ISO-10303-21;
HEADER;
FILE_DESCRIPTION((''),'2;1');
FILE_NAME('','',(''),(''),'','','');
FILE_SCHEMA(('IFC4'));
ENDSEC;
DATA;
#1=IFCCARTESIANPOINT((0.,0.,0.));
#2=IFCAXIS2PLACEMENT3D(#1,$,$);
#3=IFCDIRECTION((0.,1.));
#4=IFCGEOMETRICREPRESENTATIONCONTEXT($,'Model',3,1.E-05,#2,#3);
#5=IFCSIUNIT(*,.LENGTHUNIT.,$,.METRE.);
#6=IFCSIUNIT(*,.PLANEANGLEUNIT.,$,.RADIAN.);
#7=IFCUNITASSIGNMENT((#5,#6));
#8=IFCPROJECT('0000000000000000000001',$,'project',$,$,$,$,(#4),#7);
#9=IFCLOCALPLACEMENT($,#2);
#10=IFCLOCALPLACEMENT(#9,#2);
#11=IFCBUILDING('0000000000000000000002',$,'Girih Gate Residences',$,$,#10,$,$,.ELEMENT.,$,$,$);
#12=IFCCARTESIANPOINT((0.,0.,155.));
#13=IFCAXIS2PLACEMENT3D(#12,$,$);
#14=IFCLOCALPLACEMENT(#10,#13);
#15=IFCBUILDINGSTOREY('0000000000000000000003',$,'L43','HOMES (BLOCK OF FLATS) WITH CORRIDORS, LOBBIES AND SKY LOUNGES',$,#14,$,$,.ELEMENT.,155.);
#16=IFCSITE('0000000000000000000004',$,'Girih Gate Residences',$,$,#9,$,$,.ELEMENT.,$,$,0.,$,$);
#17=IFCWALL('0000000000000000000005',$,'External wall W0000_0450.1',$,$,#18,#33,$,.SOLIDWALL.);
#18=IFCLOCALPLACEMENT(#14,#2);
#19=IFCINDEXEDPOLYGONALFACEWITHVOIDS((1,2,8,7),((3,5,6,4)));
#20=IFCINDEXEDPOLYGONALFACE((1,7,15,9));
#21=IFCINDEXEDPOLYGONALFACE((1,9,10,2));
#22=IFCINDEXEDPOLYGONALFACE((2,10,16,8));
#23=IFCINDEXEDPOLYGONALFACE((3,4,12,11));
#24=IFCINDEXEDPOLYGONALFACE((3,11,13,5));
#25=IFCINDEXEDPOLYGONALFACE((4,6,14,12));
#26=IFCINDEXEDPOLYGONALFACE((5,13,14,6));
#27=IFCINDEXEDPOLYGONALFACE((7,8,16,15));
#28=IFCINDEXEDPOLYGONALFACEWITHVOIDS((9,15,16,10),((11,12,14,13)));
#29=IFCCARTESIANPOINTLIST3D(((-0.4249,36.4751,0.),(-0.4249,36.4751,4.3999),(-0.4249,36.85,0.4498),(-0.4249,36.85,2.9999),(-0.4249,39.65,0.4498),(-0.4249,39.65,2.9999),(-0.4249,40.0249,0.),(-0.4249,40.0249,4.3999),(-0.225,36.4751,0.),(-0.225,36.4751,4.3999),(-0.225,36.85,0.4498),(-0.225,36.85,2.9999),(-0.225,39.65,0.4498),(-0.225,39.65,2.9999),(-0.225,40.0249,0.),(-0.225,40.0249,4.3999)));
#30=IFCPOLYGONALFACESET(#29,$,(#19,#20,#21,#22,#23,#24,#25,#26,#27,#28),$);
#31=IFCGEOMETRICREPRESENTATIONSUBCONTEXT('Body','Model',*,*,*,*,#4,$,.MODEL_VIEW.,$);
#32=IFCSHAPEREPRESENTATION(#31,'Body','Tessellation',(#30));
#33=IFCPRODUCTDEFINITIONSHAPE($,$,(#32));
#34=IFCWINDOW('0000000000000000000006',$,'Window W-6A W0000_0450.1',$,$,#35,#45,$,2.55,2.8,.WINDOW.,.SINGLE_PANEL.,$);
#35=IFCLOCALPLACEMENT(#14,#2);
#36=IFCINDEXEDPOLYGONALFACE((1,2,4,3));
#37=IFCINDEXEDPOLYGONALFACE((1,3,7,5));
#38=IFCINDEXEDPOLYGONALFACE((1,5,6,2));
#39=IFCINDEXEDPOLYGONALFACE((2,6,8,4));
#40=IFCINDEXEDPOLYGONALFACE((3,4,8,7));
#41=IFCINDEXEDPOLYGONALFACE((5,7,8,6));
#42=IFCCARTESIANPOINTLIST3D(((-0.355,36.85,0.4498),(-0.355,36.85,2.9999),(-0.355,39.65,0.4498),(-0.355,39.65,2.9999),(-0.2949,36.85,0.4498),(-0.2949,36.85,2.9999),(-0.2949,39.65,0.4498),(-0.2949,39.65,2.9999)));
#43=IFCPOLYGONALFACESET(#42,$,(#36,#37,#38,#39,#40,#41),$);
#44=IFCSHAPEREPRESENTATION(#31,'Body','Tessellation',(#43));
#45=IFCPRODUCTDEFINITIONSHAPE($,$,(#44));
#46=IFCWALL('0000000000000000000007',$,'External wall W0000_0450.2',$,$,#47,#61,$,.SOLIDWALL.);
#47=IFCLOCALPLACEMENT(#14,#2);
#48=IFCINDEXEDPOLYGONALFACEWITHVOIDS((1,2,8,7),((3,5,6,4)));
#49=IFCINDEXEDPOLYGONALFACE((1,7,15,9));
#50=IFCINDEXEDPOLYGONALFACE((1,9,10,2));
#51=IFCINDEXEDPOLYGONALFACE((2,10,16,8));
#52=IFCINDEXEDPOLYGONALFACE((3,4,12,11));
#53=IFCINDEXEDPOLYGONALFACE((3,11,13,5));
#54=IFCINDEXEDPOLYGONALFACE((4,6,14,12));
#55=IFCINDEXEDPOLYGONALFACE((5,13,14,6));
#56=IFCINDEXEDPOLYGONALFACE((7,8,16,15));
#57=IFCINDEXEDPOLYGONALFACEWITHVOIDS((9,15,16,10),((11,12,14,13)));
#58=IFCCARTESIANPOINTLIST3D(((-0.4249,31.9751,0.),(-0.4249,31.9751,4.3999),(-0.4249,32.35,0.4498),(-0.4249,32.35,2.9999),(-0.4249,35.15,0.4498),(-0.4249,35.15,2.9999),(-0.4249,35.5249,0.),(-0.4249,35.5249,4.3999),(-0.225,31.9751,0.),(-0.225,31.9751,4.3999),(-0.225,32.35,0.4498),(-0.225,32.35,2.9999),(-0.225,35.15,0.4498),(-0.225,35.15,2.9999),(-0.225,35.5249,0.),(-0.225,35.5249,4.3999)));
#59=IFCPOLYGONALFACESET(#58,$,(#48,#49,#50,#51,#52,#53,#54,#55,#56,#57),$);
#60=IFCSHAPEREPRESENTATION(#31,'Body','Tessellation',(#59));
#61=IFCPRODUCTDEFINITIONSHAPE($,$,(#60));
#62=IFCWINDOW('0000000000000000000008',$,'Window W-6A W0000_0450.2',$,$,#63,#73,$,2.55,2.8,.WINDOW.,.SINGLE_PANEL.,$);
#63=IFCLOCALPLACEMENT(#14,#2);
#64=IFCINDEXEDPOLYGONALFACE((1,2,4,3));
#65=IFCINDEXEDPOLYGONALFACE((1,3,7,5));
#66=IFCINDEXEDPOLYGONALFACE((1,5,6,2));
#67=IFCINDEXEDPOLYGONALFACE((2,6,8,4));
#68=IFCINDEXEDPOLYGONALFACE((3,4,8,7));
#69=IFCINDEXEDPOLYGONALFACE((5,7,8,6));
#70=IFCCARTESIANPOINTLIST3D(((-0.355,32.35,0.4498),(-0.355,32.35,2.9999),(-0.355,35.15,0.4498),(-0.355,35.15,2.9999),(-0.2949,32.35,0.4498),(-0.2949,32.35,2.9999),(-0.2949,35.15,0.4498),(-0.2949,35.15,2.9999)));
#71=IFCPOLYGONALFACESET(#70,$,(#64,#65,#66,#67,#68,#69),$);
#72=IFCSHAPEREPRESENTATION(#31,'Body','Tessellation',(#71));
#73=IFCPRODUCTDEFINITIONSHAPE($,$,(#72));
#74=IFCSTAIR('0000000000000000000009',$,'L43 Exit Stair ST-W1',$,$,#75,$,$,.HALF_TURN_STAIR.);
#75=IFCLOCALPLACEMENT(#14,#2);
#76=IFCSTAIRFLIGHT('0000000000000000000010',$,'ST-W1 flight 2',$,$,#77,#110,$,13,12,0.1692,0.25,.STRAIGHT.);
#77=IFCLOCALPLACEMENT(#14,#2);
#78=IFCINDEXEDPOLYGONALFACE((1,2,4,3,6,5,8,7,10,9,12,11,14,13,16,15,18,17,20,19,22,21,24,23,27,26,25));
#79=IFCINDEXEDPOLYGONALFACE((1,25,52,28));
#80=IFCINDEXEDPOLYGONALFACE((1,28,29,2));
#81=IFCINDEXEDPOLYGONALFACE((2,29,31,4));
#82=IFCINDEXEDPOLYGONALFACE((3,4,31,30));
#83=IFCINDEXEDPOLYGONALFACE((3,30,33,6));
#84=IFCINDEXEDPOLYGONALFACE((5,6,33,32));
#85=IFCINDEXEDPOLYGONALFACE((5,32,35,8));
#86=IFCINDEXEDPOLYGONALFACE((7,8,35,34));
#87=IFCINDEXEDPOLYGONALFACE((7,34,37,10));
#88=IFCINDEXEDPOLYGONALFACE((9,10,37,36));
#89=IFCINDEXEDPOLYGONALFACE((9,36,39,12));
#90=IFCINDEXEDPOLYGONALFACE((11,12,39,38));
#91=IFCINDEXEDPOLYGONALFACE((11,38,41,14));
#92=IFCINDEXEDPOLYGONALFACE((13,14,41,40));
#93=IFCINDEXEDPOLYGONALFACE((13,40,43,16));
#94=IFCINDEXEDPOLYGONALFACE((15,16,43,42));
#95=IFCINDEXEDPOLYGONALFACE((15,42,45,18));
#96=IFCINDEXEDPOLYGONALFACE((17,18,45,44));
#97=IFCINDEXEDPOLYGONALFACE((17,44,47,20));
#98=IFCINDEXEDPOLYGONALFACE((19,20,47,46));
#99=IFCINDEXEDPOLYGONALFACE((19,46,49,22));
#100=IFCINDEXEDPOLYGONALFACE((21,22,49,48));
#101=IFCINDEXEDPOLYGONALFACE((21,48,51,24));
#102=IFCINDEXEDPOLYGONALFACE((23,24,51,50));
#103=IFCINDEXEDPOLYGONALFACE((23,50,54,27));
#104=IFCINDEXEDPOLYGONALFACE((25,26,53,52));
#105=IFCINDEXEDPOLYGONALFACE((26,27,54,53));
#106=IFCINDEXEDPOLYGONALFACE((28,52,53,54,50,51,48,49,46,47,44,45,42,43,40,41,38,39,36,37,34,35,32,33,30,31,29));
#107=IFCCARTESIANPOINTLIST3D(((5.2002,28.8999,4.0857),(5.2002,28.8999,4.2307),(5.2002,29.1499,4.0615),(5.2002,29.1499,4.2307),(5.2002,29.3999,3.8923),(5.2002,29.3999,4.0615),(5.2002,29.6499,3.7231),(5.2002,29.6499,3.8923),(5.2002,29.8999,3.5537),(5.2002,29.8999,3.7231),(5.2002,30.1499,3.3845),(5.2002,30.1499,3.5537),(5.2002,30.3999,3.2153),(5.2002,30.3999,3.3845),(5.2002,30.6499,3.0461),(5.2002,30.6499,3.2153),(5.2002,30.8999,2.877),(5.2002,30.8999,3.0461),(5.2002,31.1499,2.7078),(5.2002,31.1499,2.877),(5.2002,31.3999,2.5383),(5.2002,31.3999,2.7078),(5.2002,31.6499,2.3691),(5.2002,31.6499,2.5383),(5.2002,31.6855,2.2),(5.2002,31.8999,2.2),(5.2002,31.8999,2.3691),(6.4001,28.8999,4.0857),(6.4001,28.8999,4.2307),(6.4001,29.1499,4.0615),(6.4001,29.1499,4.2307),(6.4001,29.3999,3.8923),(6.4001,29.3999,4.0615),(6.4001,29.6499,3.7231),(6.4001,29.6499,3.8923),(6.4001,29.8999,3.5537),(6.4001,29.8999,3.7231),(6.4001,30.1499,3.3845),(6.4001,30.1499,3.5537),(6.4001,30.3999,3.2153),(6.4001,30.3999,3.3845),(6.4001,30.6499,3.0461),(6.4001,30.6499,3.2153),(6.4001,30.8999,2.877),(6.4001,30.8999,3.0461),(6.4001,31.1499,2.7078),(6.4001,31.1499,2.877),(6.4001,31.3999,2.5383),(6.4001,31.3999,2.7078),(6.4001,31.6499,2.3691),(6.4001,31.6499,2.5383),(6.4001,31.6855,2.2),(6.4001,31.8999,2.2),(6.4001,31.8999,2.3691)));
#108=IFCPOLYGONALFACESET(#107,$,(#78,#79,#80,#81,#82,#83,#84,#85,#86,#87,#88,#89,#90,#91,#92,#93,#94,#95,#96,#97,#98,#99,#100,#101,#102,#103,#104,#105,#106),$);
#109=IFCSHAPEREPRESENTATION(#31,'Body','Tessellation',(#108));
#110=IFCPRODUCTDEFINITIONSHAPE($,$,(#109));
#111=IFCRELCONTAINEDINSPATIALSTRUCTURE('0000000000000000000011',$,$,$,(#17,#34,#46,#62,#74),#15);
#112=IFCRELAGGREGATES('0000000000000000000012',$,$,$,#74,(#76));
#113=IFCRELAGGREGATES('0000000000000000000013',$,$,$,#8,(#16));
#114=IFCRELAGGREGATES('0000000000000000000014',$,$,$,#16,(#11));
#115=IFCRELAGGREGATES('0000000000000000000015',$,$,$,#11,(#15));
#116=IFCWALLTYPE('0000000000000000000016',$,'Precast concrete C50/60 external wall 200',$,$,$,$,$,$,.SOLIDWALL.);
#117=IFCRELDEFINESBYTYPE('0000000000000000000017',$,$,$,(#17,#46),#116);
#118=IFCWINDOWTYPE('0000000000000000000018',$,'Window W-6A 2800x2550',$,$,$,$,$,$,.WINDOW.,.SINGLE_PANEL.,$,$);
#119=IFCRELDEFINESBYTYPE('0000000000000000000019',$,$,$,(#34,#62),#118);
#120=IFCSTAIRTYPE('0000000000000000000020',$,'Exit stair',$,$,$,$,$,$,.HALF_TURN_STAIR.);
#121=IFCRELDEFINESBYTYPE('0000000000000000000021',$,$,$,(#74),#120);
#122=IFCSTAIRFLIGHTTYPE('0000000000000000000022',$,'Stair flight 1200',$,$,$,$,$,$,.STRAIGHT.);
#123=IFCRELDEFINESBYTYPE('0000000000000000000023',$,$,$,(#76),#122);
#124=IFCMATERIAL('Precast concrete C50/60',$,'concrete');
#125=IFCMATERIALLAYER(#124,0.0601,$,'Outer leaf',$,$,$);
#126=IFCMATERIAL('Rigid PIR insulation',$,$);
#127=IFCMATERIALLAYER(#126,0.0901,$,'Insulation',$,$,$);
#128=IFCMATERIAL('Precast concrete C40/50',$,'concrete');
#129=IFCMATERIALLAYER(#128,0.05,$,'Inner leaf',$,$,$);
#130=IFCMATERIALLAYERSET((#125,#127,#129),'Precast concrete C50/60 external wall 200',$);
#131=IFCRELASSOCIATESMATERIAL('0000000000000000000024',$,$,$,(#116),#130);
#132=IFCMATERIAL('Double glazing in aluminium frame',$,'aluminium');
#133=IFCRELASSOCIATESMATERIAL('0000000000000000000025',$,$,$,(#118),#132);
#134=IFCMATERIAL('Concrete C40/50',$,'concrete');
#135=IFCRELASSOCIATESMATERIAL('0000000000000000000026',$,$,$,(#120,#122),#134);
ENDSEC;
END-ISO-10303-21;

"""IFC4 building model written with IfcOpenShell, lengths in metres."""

from ifc_helpers import new_model, si_unit, direction, frame, frame_2d, origin, place, context, subcontext, project, spatial, polyline, rectangle, outline, extrude, material, layer, layer_set, type_object, element, fill, aggregate, save


model = new_model("IFC4")

# Units and contexts
model_context = context("Model", 3, precision=1e-05, world=origin(), true_north=direction((0.0, 1.0)))
body_context = subcontext(model_context, "Body", "Model", "MODEL_VIEW")
ifc_project = project(units=[si_unit("LENGTHUNIT", "METRE"), si_unit("PLANEANGLEUNIT", "RADIAN")], contexts=[model_context])

# Site, building, storey
site_placement = place(None, origin())
site = spatial("IfcSite", under=ifc_project, at=site_placement, Name="Girih Gate Residences", CompositionType="ELEMENT", RefElevation=0.0)
building_placement = place(site_placement, origin())
building = spatial("IfcBuilding", under=site, at=building_placement, Name="Girih Gate Residences", CompositionType="ELEMENT")
storey_placement = place(building_placement, frame((0.0, 0.0, 155.0)))
storey = spatial("IfcBuildingStorey", under=building, at=storey_placement, Name="L43", Description="HOMES (BLOCK OF FLATS) WITH CORRIDORS, LOBBIES AND SKY LOUNGES", CompositionType="ELEMENT", Elevation=155.0)

# Shared definitions
ifc_material_1 = material(Name="Concrete C40/50", Category="concrete")

# Walls, openings, windows
ifc_material_2 = material(Name="Precast concrete C50/60", Category="concrete")
ifc_layer_1 = layer(ifc_material_2, 0.0601, Name="Outer leaf")
ifc_material_3 = material(Name="Rigid PIR insulation")
ifc_layer_2 = layer(ifc_material_3, 0.0901, Name="Insulation")
ifc_material_4 = material(Name="Precast concrete C40/50", Category="concrete")
ifc_layer_3 = layer(ifc_material_4, 0.05, Name="Inner leaf")
ifc_layer_set_1 = layer_set([ifc_layer_1, ifc_layer_2, ifc_layer_3], Name="Precast concrete C50/60 external wall 200")
wall_type_1 = type_object("IfcWallType", Name="Precast concrete C50/60 external wall 200", PredefinedType="SOLIDWALL", material=ifc_layer_set_1)
wall_1_placement = place(storey_placement, frame((-0.325, 36.4751, 0.0), z_axis=(0.0, 0.0, 1.0), x_axis=(0.0, 1.0, 0.0)))
wall_1 = element("IfcWall", 1, at=wall_1_placement, inside=storey, type_object=wall_type_1, Name="External wall W0000_0450.1", PredefinedType="SOLIDWALL", context=body_context, shape_type="SweptSolid", body=[
    extrude(rectangle(XDim=3.5498, YDim=0.2, at=frame_2d((1.7749, 0.0))), origin(), (0.0, 0.0, 1.0), 4.3999),
])
opening_1_placement = place(wall_1_placement, frame((0.375, 0.0, 0.45)))
opening_1 = element("IfcOpeningElement", 2, at=opening_1_placement, cuts=wall_1, PredefinedType="OPENING", context=body_context, shape_type="SweptSolid", body=[
    extrude(rectangle(XDim=2.8, YDim=2.55, at=frame_2d((1.3999, 1.2749))), frame((0.0, 0.1099, 0.0), z_axis=(0.0, -1.0, 0.0), x_axis=(1.0, 0.0, 0.0)), (0.0, 0.0, 1.0), 0.22),
])
ifc_material_5 = material(Name="Double glazing in aluminium frame", Category="aluminium")
window_type = type_object("IfcWindowType", Name="Window W-6A 2800x2550", PartitioningType="SINGLE_PANEL", PredefinedType="WINDOW", material=ifc_material_5)
window_1_placement = place(opening_1_placement, origin())
window_1 = element("IfcWindow", 3, at=window_1_placement, inside=storey, type_object=window_type, Name="Window W-6A W0000_0450.1", OverallHeight=2.55, OverallWidth=2.8, PartitioningType="SINGLE_PANEL", PredefinedType="WINDOW", context=body_context, shape_type="SweptSolid", body=[
    extrude(rectangle(XDim=2.8, YDim=2.55, at=frame_2d((1.3999, 1.2749))), frame((0.0, 0.03, 0.0), z_axis=(0.0, -1.0, 0.0), x_axis=(1.0, 0.0, 0.0)), (0.0, 0.0, 1.0), 0.0601),
])
fill(opening_1, window_1)
wall_2_placement = place(storey_placement, frame((-0.325, 31.9751, 0.0), z_axis=(0.0, 0.0, 1.0), x_axis=(0.0, 1.0, 0.0)))
wall_2 = element("IfcWall", 4, at=wall_2_placement, inside=storey, type_object=wall_type_1, Name="External wall W0000_0450.2", PredefinedType="SOLIDWALL", context=body_context, shape_type="SweptSolid", body=[
    extrude(rectangle(XDim=3.5498, YDim=0.2, at=frame_2d((1.7749, 0.0))), origin(), (0.0, 0.0, 1.0), 4.3999),
])
opening_2_placement = place(wall_2_placement, frame((0.375, 0.0, 0.45)))
opening_2 = element("IfcOpeningElement", 5, at=opening_2_placement, cuts=wall_2, PredefinedType="OPENING", context=body_context, shape_type="SweptSolid", body=[
    extrude(rectangle(XDim=2.8, YDim=2.55, at=frame_2d((1.3999, 1.2749))), frame((0.0, 0.1099, 0.0), z_axis=(0.0, -1.0, 0.0), x_axis=(1.0, 0.0, 0.0)), (0.0, 0.0, 1.0), 0.22),
])
window_2_placement = place(opening_2_placement, origin())
window_2 = element("IfcWindow", 6, at=window_2_placement, inside=storey, type_object=window_type, Name="Window W-6A W0000_0450.2", OverallHeight=2.55, OverallWidth=2.8, PartitioningType="SINGLE_PANEL", PredefinedType="WINDOW", context=body_context, shape_type="SweptSolid", body=[
    extrude(rectangle(XDim=2.8, YDim=2.55, at=frame_2d((1.3999, 1.2749))), frame((0.0, 0.03, 0.0), z_axis=(0.0, -1.0, 0.0), x_axis=(1.0, 0.0, 0.0)), (0.0, 0.0, 1.0), 0.0601),
])
fill(opening_2, window_2)

# Stair, stair flight
stair_type = type_object("IfcStairType", Name="Exit stair", PredefinedType="HALF_TURN_STAIR", material=ifc_material_1)
stair_placement = place(storey_placement, origin())
stair = element("IfcStair", 7, at=stair_placement, inside=storey, type_object=stair_type, Name="L43 Exit Stair ST-W1", PredefinedType="HALF_TURN_STAIR")
stair_flight_type = type_object("IfcStairFlightType", Name="Stair flight 1200", PredefinedType="STRAIGHT", material=ifc_material_1)
stair_flight_placement = place(storey_placement, frame((5.8, 31.8999, 2.2), z_axis=(0.0, 0.0, 1.0), x_axis=(0.0, -1.0, 0.0)))
stair_flight = element("IfcStairFlight", 8, at=stair_flight_placement, type_object=stair_flight_type, Name="ST-W1 flight 2", NumberOfRisers=13, NumberOfTreads=12, PredefinedType="STRAIGHT", RiserHeight=0.1692, TreadLength=0.25, context=body_context, shape_type="SweptSolid", body=[
    extrude(outline(polyline([(0.0, 0.0), (0.0, 0.1692), (0.25, 0.1692), (0.25, 0.3384), (0.5, 0.3384), (0.5, 0.5078), (0.75, 0.5078), (0.75, 0.677), (1.0, 0.677), (1.0, 0.8462), (1.25, 0.8462), (1.25, 1.0154), (1.5, 1.0154), (1.5, 1.1846), (1.75, 1.1846), (1.75, 1.3538), (2.0, 1.3538), (2.0, 1.5232), (2.25, 1.5232), (2.25, 1.6924), (2.5, 1.6924), (2.5, 1.8616), (2.75, 1.8616), (2.75, 2.0308), (3.0, 2.0308), (3.0, 2.2), (3.0, 1.8857), (0.2144, 0.0), (0.0, 0.0)])), frame((0.0, 0.6001, 0.0), z_axis=(0.0, -1.0, 0.0), x_axis=(1.0, 0.0, 0.0)), (0.0, 0.0, 1.0), 1.2),
])
aggregate(stair, [stair_flight])

save(model, "model.ifc")
